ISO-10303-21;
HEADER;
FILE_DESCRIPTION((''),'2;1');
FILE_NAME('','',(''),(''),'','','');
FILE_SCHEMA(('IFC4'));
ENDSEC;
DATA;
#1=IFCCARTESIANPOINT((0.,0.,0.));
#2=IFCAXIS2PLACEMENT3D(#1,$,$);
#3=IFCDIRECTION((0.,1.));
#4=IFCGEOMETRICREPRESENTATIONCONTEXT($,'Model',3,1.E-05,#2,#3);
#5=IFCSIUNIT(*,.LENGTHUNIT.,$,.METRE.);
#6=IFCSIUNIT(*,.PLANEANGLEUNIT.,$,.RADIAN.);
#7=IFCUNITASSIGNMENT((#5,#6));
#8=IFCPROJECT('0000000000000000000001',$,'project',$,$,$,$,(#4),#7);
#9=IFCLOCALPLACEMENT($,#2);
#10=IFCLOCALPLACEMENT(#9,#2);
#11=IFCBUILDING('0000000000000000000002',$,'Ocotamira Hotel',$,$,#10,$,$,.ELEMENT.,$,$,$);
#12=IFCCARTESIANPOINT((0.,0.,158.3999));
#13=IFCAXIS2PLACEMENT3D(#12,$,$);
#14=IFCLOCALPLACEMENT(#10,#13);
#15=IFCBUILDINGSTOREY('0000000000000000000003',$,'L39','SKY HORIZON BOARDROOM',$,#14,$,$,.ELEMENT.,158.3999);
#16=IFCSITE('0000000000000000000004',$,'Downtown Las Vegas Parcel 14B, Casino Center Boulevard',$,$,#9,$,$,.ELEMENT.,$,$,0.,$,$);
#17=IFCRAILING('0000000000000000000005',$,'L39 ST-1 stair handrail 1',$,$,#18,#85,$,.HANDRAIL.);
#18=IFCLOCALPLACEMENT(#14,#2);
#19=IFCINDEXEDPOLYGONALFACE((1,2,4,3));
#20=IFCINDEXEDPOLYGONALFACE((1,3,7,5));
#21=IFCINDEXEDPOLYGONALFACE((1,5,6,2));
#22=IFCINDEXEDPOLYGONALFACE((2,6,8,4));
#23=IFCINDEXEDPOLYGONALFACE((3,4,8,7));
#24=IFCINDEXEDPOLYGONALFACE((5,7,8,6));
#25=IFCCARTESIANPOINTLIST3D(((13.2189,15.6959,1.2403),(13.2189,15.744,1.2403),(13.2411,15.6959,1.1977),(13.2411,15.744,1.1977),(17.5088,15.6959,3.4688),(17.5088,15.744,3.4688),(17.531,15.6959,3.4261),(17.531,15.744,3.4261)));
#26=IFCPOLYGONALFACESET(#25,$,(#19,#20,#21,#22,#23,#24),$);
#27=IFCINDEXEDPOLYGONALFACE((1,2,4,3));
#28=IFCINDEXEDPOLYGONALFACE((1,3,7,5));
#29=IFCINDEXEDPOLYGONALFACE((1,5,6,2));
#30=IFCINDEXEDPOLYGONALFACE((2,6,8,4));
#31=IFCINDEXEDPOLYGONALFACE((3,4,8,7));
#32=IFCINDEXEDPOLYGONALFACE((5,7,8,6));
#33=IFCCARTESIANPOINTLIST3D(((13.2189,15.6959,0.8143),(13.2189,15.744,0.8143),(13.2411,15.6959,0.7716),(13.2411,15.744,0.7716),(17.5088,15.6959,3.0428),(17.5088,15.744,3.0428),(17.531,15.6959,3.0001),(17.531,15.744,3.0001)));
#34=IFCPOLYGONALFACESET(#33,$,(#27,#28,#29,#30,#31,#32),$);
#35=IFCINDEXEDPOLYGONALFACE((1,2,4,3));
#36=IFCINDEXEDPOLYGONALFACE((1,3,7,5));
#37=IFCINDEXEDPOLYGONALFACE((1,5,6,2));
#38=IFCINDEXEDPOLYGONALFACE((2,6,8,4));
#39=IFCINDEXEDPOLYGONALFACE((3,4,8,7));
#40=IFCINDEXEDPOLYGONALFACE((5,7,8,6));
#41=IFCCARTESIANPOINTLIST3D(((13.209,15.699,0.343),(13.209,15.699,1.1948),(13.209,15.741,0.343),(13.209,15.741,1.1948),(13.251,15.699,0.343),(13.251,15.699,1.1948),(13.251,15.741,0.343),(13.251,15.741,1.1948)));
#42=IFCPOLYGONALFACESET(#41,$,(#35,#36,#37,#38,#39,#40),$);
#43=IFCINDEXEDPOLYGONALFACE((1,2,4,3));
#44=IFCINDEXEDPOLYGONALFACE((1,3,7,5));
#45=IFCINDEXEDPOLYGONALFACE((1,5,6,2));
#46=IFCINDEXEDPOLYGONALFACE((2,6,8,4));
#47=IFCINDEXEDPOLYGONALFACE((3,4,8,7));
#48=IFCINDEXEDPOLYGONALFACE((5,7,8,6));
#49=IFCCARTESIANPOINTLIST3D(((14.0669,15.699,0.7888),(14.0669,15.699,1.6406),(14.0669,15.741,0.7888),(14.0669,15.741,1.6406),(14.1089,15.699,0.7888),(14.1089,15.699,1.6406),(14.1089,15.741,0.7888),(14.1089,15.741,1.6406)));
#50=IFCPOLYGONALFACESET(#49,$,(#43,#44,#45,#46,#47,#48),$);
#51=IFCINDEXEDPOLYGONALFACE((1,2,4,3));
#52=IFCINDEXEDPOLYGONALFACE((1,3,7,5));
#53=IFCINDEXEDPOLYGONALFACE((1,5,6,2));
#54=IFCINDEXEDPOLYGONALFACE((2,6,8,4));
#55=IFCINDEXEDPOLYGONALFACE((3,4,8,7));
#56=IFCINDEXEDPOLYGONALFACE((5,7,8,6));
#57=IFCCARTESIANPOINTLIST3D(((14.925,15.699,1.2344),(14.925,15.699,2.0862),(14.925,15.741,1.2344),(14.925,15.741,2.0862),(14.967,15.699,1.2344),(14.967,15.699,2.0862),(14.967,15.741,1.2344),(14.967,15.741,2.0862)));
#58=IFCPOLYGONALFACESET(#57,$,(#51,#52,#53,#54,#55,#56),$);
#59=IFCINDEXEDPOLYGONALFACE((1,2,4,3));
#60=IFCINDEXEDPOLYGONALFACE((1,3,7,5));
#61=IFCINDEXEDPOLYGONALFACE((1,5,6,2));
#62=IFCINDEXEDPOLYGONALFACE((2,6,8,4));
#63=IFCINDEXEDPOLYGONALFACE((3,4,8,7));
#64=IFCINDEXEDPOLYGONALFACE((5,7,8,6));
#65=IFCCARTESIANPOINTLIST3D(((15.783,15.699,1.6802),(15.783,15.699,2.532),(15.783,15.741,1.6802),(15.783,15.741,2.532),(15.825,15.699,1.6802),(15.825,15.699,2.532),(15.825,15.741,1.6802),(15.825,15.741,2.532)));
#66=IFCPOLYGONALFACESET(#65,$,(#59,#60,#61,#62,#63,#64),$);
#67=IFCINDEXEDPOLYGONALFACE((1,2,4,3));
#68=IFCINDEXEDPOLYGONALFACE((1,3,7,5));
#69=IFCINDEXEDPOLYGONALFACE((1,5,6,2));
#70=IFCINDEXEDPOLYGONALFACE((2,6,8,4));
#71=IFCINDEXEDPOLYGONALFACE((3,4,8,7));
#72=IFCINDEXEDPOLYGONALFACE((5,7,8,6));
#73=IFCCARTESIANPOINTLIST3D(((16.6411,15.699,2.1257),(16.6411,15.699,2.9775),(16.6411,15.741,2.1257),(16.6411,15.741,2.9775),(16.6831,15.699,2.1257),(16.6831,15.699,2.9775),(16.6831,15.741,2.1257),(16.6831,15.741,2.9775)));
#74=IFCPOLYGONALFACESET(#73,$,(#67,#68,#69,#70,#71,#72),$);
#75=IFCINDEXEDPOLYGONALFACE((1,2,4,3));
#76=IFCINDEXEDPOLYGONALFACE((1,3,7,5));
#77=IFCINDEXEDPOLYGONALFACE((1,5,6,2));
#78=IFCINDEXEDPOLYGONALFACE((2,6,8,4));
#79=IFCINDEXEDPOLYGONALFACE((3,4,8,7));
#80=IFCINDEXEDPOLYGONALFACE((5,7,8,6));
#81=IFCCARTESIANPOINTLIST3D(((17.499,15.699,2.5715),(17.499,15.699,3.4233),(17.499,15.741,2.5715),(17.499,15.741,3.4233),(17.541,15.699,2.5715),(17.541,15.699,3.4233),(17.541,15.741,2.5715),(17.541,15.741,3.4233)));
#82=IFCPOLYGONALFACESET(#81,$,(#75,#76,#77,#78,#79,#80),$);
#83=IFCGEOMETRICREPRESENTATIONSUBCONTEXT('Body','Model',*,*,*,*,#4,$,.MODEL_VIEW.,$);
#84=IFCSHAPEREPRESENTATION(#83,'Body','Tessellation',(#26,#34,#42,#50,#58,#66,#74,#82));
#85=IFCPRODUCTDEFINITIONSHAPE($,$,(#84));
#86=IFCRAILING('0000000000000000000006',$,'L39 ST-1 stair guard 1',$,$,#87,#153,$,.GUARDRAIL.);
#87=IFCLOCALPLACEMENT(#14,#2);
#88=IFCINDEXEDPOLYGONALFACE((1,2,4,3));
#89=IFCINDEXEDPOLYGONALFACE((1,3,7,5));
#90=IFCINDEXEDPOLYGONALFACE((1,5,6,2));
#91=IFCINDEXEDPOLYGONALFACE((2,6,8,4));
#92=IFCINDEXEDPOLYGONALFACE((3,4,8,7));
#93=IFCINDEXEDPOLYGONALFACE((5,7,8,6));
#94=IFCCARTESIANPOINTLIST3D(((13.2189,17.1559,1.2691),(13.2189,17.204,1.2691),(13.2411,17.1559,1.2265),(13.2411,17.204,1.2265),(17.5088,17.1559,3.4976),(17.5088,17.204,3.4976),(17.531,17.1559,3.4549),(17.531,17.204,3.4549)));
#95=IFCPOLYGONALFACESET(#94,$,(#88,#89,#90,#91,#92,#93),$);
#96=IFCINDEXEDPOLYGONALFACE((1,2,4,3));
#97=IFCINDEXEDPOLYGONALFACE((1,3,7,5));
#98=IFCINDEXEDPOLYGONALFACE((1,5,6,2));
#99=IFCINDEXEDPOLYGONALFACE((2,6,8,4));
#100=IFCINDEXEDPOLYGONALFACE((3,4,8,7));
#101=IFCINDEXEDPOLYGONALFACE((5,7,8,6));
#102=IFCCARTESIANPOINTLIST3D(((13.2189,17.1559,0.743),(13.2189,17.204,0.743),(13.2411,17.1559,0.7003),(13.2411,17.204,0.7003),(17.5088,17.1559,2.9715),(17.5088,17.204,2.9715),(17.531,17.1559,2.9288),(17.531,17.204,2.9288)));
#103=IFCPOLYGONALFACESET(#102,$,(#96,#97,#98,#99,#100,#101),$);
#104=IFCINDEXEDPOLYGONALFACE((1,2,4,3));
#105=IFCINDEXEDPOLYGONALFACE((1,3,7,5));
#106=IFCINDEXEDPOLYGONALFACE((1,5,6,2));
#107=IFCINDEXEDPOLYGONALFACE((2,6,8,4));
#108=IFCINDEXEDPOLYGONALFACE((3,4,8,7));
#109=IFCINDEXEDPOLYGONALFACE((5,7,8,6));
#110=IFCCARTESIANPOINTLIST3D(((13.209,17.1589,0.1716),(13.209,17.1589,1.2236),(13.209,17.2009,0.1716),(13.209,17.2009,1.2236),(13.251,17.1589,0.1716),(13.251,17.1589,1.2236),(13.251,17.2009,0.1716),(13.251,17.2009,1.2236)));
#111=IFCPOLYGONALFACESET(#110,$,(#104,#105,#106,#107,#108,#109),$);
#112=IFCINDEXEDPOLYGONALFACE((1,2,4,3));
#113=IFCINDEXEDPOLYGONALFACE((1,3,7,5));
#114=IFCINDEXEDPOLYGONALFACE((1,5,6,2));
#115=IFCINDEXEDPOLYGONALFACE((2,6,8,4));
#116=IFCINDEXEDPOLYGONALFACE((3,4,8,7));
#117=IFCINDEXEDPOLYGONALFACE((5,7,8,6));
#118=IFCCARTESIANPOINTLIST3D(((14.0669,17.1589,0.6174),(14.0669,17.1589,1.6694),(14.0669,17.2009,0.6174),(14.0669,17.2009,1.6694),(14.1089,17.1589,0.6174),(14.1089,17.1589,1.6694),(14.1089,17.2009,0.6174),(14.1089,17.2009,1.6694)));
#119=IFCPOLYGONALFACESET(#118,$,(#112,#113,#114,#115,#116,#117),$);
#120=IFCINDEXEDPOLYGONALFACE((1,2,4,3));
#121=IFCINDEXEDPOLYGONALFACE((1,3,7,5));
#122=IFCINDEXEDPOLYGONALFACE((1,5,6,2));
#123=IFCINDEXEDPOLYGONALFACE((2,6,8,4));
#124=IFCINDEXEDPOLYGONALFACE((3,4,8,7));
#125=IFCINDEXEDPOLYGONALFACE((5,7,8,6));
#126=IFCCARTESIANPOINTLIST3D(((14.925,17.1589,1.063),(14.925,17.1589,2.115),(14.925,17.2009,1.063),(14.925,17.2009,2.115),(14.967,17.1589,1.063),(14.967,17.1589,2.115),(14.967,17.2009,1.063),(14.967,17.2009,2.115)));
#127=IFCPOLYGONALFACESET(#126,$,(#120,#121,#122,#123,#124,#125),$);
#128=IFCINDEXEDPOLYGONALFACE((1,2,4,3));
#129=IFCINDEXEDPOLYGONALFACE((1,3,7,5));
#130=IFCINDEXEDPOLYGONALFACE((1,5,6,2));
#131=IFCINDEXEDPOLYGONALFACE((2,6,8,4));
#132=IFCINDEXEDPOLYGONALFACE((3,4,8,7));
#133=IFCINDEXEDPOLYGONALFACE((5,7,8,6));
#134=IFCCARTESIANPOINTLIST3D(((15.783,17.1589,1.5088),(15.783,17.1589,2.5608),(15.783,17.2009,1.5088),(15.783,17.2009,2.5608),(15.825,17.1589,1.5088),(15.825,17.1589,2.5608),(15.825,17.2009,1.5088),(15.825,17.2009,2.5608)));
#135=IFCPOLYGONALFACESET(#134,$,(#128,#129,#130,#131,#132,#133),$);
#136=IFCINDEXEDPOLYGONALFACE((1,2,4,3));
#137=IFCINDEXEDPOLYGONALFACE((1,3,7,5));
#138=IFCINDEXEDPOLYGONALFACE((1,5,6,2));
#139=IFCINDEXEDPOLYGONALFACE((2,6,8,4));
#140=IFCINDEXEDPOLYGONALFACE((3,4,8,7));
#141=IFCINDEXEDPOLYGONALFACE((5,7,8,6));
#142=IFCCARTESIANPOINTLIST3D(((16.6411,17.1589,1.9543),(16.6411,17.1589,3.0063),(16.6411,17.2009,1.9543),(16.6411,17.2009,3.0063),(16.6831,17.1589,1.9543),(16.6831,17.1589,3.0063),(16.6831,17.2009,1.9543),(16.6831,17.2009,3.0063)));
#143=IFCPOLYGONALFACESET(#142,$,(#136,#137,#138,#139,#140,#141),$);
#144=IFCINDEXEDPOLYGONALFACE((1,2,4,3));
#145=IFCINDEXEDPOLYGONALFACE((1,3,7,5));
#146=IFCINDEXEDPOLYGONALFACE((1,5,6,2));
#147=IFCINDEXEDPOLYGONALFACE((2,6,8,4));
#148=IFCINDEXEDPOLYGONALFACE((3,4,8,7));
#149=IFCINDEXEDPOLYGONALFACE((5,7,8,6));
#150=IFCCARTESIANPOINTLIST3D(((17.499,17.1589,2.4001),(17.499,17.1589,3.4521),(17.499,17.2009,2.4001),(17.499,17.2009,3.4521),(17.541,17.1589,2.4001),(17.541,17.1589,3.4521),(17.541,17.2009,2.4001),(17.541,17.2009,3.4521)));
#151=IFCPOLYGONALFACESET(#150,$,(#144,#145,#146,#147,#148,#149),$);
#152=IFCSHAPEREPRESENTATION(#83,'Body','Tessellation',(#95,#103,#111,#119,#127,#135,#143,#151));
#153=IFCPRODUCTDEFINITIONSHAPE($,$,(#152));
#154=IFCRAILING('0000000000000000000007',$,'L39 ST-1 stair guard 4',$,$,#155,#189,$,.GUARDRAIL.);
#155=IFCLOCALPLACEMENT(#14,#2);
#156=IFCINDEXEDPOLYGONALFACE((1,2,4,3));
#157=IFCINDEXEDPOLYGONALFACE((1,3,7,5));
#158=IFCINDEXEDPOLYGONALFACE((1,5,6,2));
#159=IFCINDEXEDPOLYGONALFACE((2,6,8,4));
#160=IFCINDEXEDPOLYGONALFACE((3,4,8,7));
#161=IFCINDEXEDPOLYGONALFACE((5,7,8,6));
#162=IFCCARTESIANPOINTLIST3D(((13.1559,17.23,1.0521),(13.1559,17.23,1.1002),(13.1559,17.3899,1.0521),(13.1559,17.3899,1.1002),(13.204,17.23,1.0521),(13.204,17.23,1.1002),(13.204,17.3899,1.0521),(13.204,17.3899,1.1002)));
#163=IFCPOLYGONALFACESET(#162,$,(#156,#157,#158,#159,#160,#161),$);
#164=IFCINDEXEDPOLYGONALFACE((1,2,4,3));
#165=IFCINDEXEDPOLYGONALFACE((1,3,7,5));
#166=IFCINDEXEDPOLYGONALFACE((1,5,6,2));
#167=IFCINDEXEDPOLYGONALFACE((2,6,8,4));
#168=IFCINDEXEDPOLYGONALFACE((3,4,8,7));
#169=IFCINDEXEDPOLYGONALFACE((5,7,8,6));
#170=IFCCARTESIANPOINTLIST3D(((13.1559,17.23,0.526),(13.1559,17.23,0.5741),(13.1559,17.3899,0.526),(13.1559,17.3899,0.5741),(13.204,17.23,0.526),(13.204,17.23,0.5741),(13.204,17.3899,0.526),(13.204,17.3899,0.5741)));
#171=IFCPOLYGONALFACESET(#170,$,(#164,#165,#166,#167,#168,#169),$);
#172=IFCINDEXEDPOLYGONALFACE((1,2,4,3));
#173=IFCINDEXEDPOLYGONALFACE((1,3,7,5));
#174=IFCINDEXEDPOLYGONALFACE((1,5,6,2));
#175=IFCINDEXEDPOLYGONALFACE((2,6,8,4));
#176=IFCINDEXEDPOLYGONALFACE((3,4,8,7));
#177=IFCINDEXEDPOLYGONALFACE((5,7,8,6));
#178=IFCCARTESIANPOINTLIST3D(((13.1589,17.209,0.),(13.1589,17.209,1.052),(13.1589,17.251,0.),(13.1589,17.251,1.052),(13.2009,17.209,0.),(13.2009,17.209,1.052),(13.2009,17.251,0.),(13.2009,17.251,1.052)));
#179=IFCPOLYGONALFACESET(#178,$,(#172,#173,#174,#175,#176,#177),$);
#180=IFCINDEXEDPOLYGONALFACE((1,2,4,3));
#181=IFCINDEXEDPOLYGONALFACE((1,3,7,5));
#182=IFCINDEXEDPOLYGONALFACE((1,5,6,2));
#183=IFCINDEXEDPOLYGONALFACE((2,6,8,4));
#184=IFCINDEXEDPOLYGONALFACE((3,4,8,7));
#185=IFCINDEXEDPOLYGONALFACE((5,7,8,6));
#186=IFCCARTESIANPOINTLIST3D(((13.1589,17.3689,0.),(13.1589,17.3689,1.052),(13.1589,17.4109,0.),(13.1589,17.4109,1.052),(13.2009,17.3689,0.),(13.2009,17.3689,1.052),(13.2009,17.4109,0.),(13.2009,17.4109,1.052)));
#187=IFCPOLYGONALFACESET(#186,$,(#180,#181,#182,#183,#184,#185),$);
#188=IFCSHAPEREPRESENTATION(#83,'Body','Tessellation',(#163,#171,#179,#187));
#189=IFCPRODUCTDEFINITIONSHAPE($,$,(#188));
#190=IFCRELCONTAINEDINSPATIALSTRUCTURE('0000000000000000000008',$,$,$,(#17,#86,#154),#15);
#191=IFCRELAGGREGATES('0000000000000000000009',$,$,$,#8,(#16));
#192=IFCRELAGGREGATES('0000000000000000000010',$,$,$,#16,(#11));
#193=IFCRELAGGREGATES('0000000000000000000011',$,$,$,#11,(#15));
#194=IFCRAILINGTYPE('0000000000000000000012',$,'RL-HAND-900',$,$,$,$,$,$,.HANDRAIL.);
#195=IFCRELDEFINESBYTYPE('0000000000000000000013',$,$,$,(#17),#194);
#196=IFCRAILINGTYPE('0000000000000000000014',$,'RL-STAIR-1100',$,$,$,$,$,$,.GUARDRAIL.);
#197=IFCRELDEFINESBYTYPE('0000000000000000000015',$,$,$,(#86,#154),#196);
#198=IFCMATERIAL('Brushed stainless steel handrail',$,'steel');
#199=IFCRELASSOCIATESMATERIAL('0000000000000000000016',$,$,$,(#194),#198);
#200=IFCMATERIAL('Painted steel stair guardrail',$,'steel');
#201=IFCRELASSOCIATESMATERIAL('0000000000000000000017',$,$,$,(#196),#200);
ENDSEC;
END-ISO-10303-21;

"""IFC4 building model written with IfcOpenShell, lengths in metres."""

from ifc_helpers import new_model, si_unit, direction, frame, origin, origin_2d, place, context, subcontext, project, spatial, rectangle, extrude, material, type_object, element, save


model = new_model("IFC4")

# Units and contexts
model_context = context("Model", 3, precision=1e-05, world=origin(), true_north=direction((0.0, 1.0)))
body_context = subcontext(model_context, "Body", "Model", "MODEL_VIEW")
ifc_project = project(units=[si_unit("LENGTHUNIT", "METRE"), si_unit("PLANEANGLEUNIT", "RADIAN")], contexts=[model_context])

# Site, building, storey
site_placement = place(None, origin())
site = spatial("IfcSite", under=ifc_project, at=site_placement, Name="Downtown Las Vegas Parcel 14B, Casino Center Boulevard", CompositionType="ELEMENT", RefElevation=0.0)
building_placement = place(site_placement, origin())
building = spatial("IfcBuilding", under=site, at=building_placement, Name="Ocotamira Hotel", CompositionType="ELEMENT")
storey_placement = place(building_placement, frame((0.0, 0.0, 158.3999)))
storey = spatial("IfcBuildingStorey", under=building, at=storey_placement, Name="L39", Description="SKY HORIZON BOARDROOM", CompositionType="ELEMENT", Elevation=158.3999)

# Railings
ifc_material_1 = material(Name="Brushed stainless steel handrail", Category="steel")
railing_type_1 = type_object("IfcRailingType", Name="RL-HAND-900", PredefinedType="HANDRAIL", material=ifc_material_1)
railing_1_placement = place(storey_placement, frame((13.23, 15.72, 0.343)))
element("IfcRailing", 1, at=railing_1_placement, inside=storey, type_object=railing_type_1, Name="L39 ST-1 stair handrail 1", PredefinedType="HANDRAIL", context=body_context, shape_type="SweptSolid", body=[
    extrude(rectangle(XDim=0.0481, YDim=0.0481, at=origin_2d()), frame((0.0, 0.0, 0.876), z_axis=(0.887412, 0.0, 0.460977), x_axis=(0.0, 1.0, 0.0)), (0.0, 0.0, 1.0), 4.8342),
    extrude(rectangle(XDim=0.0481, YDim=0.0481, at=origin_2d()), frame((0.0, 0.0, 0.45), z_axis=(0.887412, 0.0, 0.460977), x_axis=(0.0, 1.0, 0.0)), (0.0, 0.0, 1.0), 4.8342),
    extrude(rectangle(XDim=0.042, YDim=0.042, at=origin_2d()), origin(), (0.0, 0.0, 1.0), 0.8518),
    extrude(rectangle(XDim=0.042, YDim=0.042, at=origin_2d()), frame((0.8579, 0.0, 0.4458)), (0.0, 0.0, 1.0), 0.8518),
    extrude(rectangle(XDim=0.042, YDim=0.042, at=origin_2d()), frame((1.7161, 0.0, 0.8914)), (0.0, 0.0, 1.0), 0.8518),
    extrude(rectangle(XDim=0.042, YDim=0.042, at=origin_2d()), frame((2.574, 0.0, 1.3372)), (0.0, 0.0, 1.0), 0.8518),
    extrude(rectangle(XDim=0.042, YDim=0.042, at=origin_2d()), frame((3.4321, 0.0, 1.7827)), (0.0, 0.0, 1.0), 0.8518),
    extrude(rectangle(XDim=0.042, YDim=0.042, at=origin_2d()), frame((4.29, 0.0, 2.2285)), (0.0, 0.0, 1.0), 0.8518),
])
ifc_material_2 = material(Name="Painted steel stair guardrail", Category="steel")
railing_type_2 = type_object("IfcRailingType", Name="RL-STAIR-1100", PredefinedType="GUARDRAIL", material=ifc_material_2)
railing_2_placement = place(storey_placement, frame((13.23, 17.1799, 0.1716)))
element("IfcRailing", 2, at=railing_2_placement, inside=storey, type_object=railing_type_2, Name="L39 ST-1 stair guard 1", PredefinedType="GUARDRAIL", context=body_context, shape_type="SweptSolid", body=[
    extrude(rectangle(XDim=0.0481, YDim=0.0481, at=origin_2d()), frame((0.0, 0.0, 1.0762), z_axis=(0.887412, 0.0, 0.460977), x_axis=(0.0, 1.0, 0.0)), (0.0, 0.0, 1.0), 4.8342),
    extrude(rectangle(XDim=0.0481, YDim=0.0481, at=origin_2d()), frame((0.0, 0.0, 0.55), z_axis=(0.887412, 0.0, 0.460977), x_axis=(0.0, 1.0, 0.0)), (0.0, 0.0, 1.0), 4.8342),
    extrude(rectangle(XDim=0.042, YDim=0.042, at=origin_2d()), origin(), (0.0, 0.0, 1.0), 1.052),
    extrude(rectangle(XDim=0.042, YDim=0.042, at=origin_2d()), frame((0.8579, 0.0, 0.4458)), (0.0, 0.0, 1.0), 1.052),
    extrude(rectangle(XDim=0.042, YDim=0.042, at=origin_2d()), frame((1.7161, 0.0, 0.8914)), (0.0, 0.0, 1.0), 1.052),
    extrude(rectangle(XDim=0.042, YDim=0.042, at=origin_2d()), frame((2.574, 0.0, 1.3372)), (0.0, 0.0, 1.0), 1.052),
    extrude(rectangle(XDim=0.042, YDim=0.042, at=origin_2d()), frame((3.4321, 0.0, 1.7827)), (0.0, 0.0, 1.0), 1.052),
    extrude(rectangle(XDim=0.042, YDim=0.042, at=origin_2d()), frame((4.29, 0.0, 2.2285)), (0.0, 0.0, 1.0), 1.052),
])
railing_3_placement = place(storey_placement, frame((13.1799, 17.23, 0.0)))
element("IfcRailing", 3, at=railing_3_placement, inside=storey, type_object=railing_type_2, Name="L39 ST-1 stair guard 4", PredefinedType="GUARDRAIL", context=body_context, shape_type="SweptSolid", body=[
    extrude(rectangle(XDim=0.0481, YDim=0.0481, at=origin_2d()), frame((0.0, 0.0, 1.0762), z_axis=(0.0, 1.0, 0.0), x_axis=(-1.0, 0.0, 0.0)), (0.0, 0.0, 1.0), 0.1599),
    extrude(rectangle(XDim=0.0481, YDim=0.0481, at=origin_2d()), frame((0.0, 0.0, 0.55), z_axis=(0.0, 1.0, 0.0), x_axis=(-1.0, 0.0, 0.0)), (0.0, 0.0, 1.0), 0.1599),
    extrude(rectangle(XDim=0.042, YDim=0.042, at=origin_2d()), origin(), (0.0, 0.0, 1.0), 1.052),
    extrude(rectangle(XDim=0.042, YDim=0.042, at=origin_2d()), frame((0.0, 0.1599, 0.0)), (0.0, 0.0, 1.0), 1.052),
])

save(model, "model.ifc")
